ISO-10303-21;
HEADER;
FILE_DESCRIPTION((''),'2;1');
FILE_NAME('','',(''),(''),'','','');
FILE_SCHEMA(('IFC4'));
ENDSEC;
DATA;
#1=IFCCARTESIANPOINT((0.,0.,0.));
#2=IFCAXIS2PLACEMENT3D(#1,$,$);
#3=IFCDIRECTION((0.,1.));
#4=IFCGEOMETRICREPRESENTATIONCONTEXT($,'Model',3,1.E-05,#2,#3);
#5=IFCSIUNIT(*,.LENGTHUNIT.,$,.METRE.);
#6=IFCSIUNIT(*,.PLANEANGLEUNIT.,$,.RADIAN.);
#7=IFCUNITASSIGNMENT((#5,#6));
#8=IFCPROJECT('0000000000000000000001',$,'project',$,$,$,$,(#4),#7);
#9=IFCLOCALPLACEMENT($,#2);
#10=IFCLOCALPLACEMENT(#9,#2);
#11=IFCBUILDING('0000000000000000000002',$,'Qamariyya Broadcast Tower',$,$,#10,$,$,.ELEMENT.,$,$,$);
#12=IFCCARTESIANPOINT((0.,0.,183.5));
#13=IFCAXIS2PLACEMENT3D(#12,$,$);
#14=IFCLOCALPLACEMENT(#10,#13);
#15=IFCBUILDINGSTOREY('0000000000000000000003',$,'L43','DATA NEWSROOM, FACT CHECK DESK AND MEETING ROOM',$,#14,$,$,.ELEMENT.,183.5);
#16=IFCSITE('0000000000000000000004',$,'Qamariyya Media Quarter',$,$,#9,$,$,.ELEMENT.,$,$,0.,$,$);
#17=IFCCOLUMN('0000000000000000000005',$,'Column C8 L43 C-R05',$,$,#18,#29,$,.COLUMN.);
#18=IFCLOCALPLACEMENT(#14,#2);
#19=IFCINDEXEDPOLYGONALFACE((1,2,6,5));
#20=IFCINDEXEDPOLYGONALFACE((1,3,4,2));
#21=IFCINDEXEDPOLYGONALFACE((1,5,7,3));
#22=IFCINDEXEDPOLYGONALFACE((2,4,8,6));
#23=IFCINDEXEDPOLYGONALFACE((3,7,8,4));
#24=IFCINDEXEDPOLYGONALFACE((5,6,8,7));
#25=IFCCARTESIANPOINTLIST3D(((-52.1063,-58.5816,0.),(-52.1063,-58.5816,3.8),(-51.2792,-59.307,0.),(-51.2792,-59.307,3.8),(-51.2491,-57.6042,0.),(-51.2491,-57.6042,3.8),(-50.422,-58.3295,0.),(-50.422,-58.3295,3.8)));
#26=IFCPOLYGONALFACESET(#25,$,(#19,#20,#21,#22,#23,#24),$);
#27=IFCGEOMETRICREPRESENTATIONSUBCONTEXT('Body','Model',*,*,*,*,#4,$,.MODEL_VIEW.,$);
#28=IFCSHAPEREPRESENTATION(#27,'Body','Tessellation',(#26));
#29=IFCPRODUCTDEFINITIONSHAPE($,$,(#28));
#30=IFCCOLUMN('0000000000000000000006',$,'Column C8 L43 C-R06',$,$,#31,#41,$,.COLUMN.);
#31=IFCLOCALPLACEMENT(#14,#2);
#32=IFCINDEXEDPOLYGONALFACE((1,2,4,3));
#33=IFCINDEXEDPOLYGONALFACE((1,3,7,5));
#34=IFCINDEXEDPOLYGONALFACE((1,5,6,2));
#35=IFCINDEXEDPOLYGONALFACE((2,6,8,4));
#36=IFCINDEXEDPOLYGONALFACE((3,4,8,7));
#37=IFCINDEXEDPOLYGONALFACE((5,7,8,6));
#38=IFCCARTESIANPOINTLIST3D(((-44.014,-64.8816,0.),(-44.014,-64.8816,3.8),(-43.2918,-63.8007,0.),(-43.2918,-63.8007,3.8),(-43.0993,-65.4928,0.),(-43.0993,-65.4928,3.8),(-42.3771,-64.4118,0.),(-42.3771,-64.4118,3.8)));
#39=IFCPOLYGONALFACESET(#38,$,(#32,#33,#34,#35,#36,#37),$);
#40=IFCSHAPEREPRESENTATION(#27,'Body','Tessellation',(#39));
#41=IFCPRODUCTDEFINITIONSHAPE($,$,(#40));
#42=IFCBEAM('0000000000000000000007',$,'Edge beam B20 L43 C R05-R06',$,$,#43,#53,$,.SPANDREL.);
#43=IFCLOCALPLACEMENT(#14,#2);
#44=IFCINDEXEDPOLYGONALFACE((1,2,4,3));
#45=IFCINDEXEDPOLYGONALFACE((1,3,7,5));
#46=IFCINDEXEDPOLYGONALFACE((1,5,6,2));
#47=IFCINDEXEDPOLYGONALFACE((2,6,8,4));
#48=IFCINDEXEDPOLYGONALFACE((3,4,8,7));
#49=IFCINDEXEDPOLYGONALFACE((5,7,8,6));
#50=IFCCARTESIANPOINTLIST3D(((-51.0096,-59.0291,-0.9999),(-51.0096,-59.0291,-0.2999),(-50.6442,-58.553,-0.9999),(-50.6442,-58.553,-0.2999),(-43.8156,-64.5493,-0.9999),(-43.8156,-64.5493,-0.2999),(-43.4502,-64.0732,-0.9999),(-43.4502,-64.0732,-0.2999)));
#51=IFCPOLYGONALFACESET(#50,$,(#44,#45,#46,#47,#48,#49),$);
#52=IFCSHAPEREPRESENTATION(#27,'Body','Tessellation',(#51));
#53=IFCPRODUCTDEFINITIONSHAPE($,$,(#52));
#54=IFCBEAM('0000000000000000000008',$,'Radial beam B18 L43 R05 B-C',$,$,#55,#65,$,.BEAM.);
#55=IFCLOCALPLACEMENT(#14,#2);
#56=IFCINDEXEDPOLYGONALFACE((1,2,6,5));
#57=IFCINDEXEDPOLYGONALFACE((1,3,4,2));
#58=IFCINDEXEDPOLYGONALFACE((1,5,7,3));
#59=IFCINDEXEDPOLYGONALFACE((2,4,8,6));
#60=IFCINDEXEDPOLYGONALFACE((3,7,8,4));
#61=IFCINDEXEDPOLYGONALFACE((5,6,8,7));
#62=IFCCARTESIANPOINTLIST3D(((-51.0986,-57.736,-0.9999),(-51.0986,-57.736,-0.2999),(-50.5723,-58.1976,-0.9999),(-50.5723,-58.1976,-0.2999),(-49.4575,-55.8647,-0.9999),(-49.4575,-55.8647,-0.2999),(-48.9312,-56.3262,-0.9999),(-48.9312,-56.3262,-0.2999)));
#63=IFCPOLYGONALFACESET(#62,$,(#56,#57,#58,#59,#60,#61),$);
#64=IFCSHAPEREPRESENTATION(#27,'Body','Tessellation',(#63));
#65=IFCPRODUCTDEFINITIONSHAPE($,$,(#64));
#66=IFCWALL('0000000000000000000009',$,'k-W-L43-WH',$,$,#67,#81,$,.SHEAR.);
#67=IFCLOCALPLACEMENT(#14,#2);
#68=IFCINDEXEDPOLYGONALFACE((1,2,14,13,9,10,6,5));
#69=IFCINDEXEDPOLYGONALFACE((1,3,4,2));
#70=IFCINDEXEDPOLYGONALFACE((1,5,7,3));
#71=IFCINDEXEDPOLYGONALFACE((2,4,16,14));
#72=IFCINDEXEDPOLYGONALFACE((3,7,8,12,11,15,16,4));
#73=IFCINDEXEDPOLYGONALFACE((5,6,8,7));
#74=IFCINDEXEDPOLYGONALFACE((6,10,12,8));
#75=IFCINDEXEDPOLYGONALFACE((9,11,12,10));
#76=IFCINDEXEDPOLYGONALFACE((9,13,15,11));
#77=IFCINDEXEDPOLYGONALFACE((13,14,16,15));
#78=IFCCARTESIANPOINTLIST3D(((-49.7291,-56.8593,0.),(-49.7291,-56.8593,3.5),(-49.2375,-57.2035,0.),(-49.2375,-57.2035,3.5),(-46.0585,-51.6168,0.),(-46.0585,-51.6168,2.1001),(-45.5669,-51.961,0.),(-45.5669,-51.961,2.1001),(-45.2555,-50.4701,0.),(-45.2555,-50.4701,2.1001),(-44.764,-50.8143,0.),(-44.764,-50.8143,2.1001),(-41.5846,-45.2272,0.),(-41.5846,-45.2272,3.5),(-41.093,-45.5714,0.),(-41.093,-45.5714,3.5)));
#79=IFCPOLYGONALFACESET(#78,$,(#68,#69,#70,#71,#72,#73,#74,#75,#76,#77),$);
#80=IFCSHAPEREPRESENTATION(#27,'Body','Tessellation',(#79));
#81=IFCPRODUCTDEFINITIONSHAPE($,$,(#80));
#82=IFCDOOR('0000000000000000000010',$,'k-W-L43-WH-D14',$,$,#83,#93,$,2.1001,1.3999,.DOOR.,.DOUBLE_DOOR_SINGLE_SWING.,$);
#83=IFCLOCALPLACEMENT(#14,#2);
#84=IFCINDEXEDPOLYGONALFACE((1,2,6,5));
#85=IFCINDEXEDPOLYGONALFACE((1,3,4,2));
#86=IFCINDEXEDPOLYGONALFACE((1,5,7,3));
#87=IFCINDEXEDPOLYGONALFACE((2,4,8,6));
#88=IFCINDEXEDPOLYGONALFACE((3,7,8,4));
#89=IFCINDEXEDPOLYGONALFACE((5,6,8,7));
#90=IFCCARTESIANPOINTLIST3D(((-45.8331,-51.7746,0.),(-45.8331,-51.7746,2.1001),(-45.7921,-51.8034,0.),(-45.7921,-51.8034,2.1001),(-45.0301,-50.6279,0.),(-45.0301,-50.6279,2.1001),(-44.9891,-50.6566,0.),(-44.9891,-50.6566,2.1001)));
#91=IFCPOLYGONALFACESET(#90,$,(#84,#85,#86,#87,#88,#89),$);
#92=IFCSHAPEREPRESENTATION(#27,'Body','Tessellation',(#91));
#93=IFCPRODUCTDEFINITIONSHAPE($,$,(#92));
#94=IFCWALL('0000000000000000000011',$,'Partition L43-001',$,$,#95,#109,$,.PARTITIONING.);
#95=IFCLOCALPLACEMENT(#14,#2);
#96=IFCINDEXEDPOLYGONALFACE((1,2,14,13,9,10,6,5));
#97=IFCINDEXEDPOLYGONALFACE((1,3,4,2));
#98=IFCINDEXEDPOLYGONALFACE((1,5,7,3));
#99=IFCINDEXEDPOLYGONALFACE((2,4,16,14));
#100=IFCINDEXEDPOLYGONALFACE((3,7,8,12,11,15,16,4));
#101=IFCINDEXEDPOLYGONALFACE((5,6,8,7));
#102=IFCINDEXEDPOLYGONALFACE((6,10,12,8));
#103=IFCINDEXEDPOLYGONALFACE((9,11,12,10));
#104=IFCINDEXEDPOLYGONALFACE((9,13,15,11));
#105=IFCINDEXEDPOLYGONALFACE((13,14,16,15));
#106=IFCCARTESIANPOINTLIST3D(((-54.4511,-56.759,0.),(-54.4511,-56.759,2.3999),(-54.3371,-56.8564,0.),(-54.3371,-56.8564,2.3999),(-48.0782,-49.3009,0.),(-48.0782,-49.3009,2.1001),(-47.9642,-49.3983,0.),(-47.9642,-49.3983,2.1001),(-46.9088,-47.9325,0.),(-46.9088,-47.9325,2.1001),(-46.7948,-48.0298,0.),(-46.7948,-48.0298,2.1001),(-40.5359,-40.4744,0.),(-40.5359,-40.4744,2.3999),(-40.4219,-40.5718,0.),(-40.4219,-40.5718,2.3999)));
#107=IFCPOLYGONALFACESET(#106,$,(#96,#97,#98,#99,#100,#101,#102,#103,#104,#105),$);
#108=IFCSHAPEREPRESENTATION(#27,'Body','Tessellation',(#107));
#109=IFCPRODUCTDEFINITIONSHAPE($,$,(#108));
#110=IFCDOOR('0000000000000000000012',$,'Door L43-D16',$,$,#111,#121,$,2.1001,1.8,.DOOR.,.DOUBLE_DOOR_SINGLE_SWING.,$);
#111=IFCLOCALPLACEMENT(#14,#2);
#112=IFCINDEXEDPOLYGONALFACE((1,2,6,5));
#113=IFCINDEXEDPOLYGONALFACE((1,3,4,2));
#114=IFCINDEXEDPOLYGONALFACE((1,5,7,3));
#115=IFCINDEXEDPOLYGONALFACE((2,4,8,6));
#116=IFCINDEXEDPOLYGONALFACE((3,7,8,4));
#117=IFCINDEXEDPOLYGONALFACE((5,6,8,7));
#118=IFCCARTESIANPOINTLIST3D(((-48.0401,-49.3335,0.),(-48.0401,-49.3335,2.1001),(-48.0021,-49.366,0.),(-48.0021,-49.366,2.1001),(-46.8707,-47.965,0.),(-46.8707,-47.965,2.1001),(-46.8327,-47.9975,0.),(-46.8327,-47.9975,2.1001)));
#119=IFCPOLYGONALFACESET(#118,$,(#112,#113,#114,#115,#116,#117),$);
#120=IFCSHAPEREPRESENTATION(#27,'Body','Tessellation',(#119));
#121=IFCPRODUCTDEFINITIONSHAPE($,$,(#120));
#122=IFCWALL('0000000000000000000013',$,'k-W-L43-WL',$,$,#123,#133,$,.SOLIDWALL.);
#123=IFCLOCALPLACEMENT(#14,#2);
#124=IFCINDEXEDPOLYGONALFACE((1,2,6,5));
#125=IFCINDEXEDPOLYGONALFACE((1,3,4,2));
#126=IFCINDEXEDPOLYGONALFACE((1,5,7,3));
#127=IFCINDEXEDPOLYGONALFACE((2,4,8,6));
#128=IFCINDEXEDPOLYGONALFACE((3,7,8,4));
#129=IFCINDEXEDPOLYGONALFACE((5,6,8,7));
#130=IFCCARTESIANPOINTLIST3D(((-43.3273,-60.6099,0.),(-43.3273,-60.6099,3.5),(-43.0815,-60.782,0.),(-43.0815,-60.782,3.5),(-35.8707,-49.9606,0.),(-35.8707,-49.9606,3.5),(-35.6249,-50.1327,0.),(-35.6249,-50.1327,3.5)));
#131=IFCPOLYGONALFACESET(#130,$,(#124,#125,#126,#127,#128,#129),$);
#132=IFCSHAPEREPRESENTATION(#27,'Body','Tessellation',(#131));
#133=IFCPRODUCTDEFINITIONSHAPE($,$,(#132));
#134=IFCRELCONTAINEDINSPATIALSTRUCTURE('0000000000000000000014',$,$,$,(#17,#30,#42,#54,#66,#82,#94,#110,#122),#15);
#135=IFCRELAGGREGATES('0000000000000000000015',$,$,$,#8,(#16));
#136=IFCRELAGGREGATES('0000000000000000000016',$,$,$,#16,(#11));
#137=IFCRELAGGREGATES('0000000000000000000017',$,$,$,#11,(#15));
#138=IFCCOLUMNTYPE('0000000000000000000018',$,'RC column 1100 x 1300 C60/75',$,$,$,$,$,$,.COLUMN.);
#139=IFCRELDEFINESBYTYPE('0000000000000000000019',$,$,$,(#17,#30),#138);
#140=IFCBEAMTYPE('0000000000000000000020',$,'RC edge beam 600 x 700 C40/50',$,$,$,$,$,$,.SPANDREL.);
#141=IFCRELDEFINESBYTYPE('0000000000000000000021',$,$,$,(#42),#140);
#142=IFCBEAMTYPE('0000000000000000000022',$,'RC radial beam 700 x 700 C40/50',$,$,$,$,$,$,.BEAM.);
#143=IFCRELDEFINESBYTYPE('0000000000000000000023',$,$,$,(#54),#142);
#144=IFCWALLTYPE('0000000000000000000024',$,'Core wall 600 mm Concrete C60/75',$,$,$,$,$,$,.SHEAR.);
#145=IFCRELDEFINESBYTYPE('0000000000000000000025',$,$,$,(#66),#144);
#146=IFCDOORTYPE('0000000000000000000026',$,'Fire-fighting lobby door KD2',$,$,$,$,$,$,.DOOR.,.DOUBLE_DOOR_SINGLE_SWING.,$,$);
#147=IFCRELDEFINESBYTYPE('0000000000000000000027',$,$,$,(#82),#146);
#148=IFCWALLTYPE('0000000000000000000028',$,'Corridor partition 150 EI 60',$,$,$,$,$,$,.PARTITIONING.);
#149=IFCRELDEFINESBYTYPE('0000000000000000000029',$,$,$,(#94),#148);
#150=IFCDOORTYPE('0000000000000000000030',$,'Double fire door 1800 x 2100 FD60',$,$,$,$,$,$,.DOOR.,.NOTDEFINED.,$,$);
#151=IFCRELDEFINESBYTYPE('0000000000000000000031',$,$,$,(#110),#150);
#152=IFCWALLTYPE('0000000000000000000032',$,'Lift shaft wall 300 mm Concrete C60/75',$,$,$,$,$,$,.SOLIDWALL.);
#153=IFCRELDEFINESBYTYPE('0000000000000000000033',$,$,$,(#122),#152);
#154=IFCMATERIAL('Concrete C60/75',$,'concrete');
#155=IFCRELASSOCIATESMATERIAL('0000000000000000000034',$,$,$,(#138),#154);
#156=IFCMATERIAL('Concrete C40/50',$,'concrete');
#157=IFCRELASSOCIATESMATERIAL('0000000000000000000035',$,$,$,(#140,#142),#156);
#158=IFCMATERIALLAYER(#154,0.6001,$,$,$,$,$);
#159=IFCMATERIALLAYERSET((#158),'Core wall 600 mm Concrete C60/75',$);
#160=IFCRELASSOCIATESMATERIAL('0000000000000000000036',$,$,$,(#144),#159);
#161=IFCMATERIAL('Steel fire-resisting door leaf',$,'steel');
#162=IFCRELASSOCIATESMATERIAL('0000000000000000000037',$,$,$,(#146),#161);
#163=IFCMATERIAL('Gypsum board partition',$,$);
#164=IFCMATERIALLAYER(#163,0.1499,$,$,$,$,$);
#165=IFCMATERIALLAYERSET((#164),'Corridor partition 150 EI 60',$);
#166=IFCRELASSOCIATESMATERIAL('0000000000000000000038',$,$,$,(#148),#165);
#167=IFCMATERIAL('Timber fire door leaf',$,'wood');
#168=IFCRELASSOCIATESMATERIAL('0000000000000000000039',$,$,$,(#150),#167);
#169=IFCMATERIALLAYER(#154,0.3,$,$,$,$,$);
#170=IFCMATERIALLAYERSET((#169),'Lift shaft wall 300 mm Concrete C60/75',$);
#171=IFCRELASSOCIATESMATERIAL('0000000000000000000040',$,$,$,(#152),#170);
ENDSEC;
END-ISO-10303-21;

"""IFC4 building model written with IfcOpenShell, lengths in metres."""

from ifc_helpers import new_model, si_unit, direction, frame, frame_2d, origin, origin_2d, place, context, subcontext, project, spatial, rectangle, extrude, material, layer, layer_set, material_profile, profile_set, type_object, element, fill, save


model = new_model("IFC4")

# Units and contexts
model_context = context("Model", 3, precision=1e-05, world=origin(), true_north=direction((0.0, 1.0)))
body_context = subcontext(model_context, "Body", "Model", "MODEL_VIEW")
ifc_project = project(units=[si_unit("LENGTHUNIT", "METRE"), si_unit("PLANEANGLEUNIT", "RADIAN")], contexts=[model_context])

# Site, building, storey
site_placement = place(None, origin())
site = spatial("IfcSite", under=ifc_project, at=site_placement, Name="Qamariyya Media Quarter", CompositionType="ELEMENT", RefElevation=0.0)
building_placement = place(site_placement, origin())
building = spatial("IfcBuilding", under=site, at=building_placement, Name="Qamariyya Broadcast Tower", CompositionType="ELEMENT")
storey_placement = place(building_placement, frame((0.0, 0.0, 183.5)))
storey = spatial("IfcBuildingStorey", under=building, at=storey_placement, Name="L43", Description="DATA NEWSROOM, FACT CHECK DESK AND MEETING ROOM", CompositionType="ELEMENT", Elevation=183.5)

# Columns
ifc_material_1 = material(Name="Concrete C60/75", Category="concrete")
ifc_material_profile_1 = material_profile(ifc_material_1, rectangle(XDim=1.1001, YDim=1.3, at=origin_2d()))
ifc_profile_set_1 = profile_set([ifc_material_profile_1], Name="Concrete C60/75")
column_type = type_object("IfcColumnType", Name="RC column 1100 x 1300 C60/75", PredefinedType="COLUMN", material=ifc_profile_set_1)
for number, where, z_axis, x_axis, name in (
    (1, (-51.2642, -58.4556, 0.0), (0.0, 0.0, 1.0), (0.75184, -0.659346, 0.0), "Column C8 L43 C-R05"),
    (2, (-43.1956, -64.6467, 0.0), (0.0, 0.0, 1.0), (0.83147, -0.55557, 0.0), "Column C8 L43 C-R06"),
):
    element("IfcColumn", number, at=place(storey_placement, frame(where, z_axis=z_axis, x_axis=x_axis)), inside=storey, type_object=column_type, Name=name, PredefinedType="COLUMN", context=body_context, shape_type="SweptSolid", body=[
        extrude(rectangle(XDim=1.1001, YDim=1.3, at=origin_2d()), origin(), (0.0, 0.0, 1.0), 3.8),
    ])

# Beams
ifc_material_2 = material(Name="Concrete C40/50", Category="concrete")
ifc_material_profile_2 = material_profile(ifc_material_2, rectangle(XDim=0.6001, YDim=0.7, at=origin_2d()))
ifc_profile_set_2 = profile_set([ifc_material_profile_2], Name="Concrete C40/50")
beam_type_1 = type_object("IfcBeamType", Name="RC edge beam 600 x 700 C40/50", PredefinedType="SPANDREL", material=ifc_profile_set_2)
beam_1_placement = place(storey_placement, frame((-50.8269, -58.791, -0.6499), z_axis=(0.793351, -0.608764, 0.0), x_axis=(0.608764, 0.793351, 0.0)))
element("IfcBeam", 3, at=beam_1_placement, inside=storey, type_object=beam_type_1, Name="Edge beam B20 L43 C R05-R06", PredefinedType="SPANDREL", context=body_context, shape_type="SweptSolid", body=[
    extrude(rectangle(XDim=0.6001, YDim=0.7, at=origin_2d()), origin(), (0.0, 0.0, 1.0), 9.0679),
])
ifc_material_profile_3 = material_profile(ifc_material_2, rectangle(XDim=0.7, YDim=0.7, at=origin_2d()))
ifc_profile_set_3 = profile_set([ifc_material_profile_3], Name="Concrete C40/50")
beam_type_2 = type_object("IfcBeamType", Name="RC radial beam 700 x 700 C40/50", PredefinedType="BEAM", material=ifc_profile_set_3)
beam_2_placement = place(storey_placement, frame((-49.1943, -56.0955, -0.6499), z_axis=(-0.659344, -0.751841, 0.0), x_axis=(0.751841, -0.659344, 0.0)))
element("IfcBeam", 4, at=beam_2_placement, inside=storey, type_object=beam_type_2, Name="Radial beam B18 L43 R05 B-C", PredefinedType="BEAM", context=body_context, shape_type="SweptSolid", body=[
    extrude(rectangle(XDim=0.7, YDim=0.7, at=origin_2d()), origin(), (0.0, 0.0, 1.0), 2.489),
])

# Walls, openings, doors
ifc_layer_1 = layer(ifc_material_1, 0.6001)
ifc_layer_set_1 = layer_set([ifc_layer_1], Name="Core wall 600 mm Concrete C60/75")
wall_type_1 = type_object("IfcWallType", Name="Core wall 600 mm Concrete C60/75", PredefinedType="SHEAR", material=ifc_layer_set_1)
wall_1_placement = place(storey_placement, frame((-49.4834, -57.0315, 0.0), z_axis=(0.0, 0.0, 1.0), x_axis=(0.57356, 0.819163, 0.0)))
wall_1 = element("IfcWall", 5, at=wall_1_placement, inside=storey, type_object=wall_type_1, Name="k-W-L43-WH", PredefinedType="SHEAR", context=body_context, shape_type="SweptSolid", body=[
    extrude(rectangle(XDim=14.2, YDim=0.6001, at=frame_2d((7.1001, 0.0))), origin(), (0.0, 0.0, 1.0), 3.5),
])
opening_1_placement = place(wall_1_placement, frame((6.3999, 0.0, 0.0)))
opening_1 = element("IfcOpeningElement", 6, at=opening_1_placement, cuts=wall_1, PredefinedType="OPENING", context=body_context, shape_type="SweptSolid", body=[
    extrude(rectangle(XDim=1.3999, YDim=2.1001, at=frame_2d((0.7, 1.05))), frame((0.0, 0.3101, 0.0), z_axis=(0.0, -1.0, 0.0), x_axis=(1.0, 0.0, 0.0)), (0.0, 0.0, 1.0), 0.6201),
])
ifc_material_3 = material(Name="Steel fire-resisting door leaf", Category="steel")
door_type_1 = type_object("IfcDoorType", Name="Fire-fighting lobby door KD2", OperationType="DOUBLE_DOOR_SINGLE_SWING", PredefinedType="DOOR", material=ifc_material_3)
door_1_placement = place(opening_1_placement, origin())
door_1 = element("IfcDoor", 7, at=door_1_placement, inside=storey, type_object=door_type_1, Name="k-W-L43-WH-D14", OperationType="DOUBLE_DOOR_SINGLE_SWING", OverallHeight=2.1001, OverallWidth=1.3999, PredefinedType="DOOR", context=body_context, shape_type="SweptSolid", body=[
    extrude(rectangle(XDim=1.3999, YDim=2.1001, at=frame_2d((0.7, 1.05))), frame((0.0, 0.0249, 0.0), z_axis=(0.0, -1.0, 0.0), x_axis=(1.0, 0.0, 0.0)), (0.0, 0.0, 1.0), 0.05),
])
fill(opening_1, door_1)
ifc_material_4 = material(Name="Gypsum board partition")
ifc_layer_2 = layer(ifc_material_4, 0.1499)
ifc_layer_set_2 = layer_set([ifc_layer_2], Name="Corridor partition 150 EI 60")
wall_type_2 = type_object("IfcWallType", Name="Corridor partition 150 EI 60", PredefinedType="PARTITIONING", material=ifc_layer_set_2)
wall_2_placement = place(storey_placement, frame((-54.394, -56.8076, 0.0), z_axis=(0.0, 0.0, 1.0), x_axis=(0.649633, 0.760248, 0.0)))
wall_2 = element("IfcWall", 8, at=wall_2_placement, inside=storey, type_object=wall_type_2, Name="Partition L43-001", PredefinedType="PARTITIONING", context=body_context, shape_type="SweptSolid", body=[
    extrude(rectangle(XDim=21.4202, YDim=0.1499, at=frame_2d((10.71, 0.0))), origin(), (0.0, 0.0, 1.0), 2.3999),
])
opening_2_placement = place(wall_2_placement, frame((9.8101, 0.0, 0.0)))
opening_2 = element("IfcOpeningElement", 9, at=opening_2_placement, cuts=wall_2, PredefinedType="OPENING", context=body_context, shape_type="SweptSolid", body=[
    extrude(rectangle(XDim=1.8, YDim=2.1001, at=frame_2d((0.8999, 1.05))), frame((0.0, 0.085, 0.0), z_axis=(0.0, -1.0, 0.0), x_axis=(1.0, 0.0, 0.0)), (0.0, 0.0, 1.0), 0.1699),
])
ifc_material_5 = material(Name="Timber fire door leaf", Category="wood")
door_type_2 = type_object("IfcDoorType", Name="Double fire door 1800 x 2100 FD60", OperationType="NOTDEFINED", PredefinedType="DOOR", material=ifc_material_5)
door_2_placement = place(opening_2_placement, origin())
door_2 = element("IfcDoor", 10, at=door_2_placement, inside=storey, type_object=door_type_2, Name="Door L43-D16", OperationType="DOUBLE_DOOR_SINGLE_SWING", OverallHeight=2.1001, OverallWidth=1.8, PredefinedType="DOOR", context=body_context, shape_type="SweptSolid", body=[
    extrude(rectangle(XDim=1.8, YDim=2.1001, at=frame_2d((0.8999, 1.05))), frame((0.0, 0.0249, 0.0), z_axis=(0.0, -1.0, 0.0), x_axis=(1.0, 0.0, 0.0)), (0.0, 0.0, 1.0), 0.05),
])
fill(opening_2, door_2)

# Wall
ifc_layer_3 = layer(ifc_material_1, 0.3)
ifc_layer_set_3 = layer_set([ifc_layer_3], Name="Lift shaft wall 300 mm Concrete C60/75")
wall_type_3 = type_object("IfcWallType", Name="Lift shaft wall 300 mm Concrete C60/75", PredefinedType="SOLIDWALL", material=ifc_layer_set_3)
wall_3_placement = place(storey_placement, frame((-43.2043, -60.6958, 0.0), z_axis=(0.0, 0.0, 1.0), x_axis=(0.573572, 0.819155, 0.0)))
element("IfcWall", 11, at=wall_3_placement, inside=storey, type_object=wall_type_3, Name="k-W-L43-WL", PredefinedType="SOLIDWALL", context=body_context, shape_type="SweptSolid", body=[
    extrude(rectangle(XDim=13.0002, YDim=0.3, at=frame_2d((6.5, 0.0))), origin(), (0.0, 0.0, 1.0), 3.5),
])

save(model, "model.ifc")
